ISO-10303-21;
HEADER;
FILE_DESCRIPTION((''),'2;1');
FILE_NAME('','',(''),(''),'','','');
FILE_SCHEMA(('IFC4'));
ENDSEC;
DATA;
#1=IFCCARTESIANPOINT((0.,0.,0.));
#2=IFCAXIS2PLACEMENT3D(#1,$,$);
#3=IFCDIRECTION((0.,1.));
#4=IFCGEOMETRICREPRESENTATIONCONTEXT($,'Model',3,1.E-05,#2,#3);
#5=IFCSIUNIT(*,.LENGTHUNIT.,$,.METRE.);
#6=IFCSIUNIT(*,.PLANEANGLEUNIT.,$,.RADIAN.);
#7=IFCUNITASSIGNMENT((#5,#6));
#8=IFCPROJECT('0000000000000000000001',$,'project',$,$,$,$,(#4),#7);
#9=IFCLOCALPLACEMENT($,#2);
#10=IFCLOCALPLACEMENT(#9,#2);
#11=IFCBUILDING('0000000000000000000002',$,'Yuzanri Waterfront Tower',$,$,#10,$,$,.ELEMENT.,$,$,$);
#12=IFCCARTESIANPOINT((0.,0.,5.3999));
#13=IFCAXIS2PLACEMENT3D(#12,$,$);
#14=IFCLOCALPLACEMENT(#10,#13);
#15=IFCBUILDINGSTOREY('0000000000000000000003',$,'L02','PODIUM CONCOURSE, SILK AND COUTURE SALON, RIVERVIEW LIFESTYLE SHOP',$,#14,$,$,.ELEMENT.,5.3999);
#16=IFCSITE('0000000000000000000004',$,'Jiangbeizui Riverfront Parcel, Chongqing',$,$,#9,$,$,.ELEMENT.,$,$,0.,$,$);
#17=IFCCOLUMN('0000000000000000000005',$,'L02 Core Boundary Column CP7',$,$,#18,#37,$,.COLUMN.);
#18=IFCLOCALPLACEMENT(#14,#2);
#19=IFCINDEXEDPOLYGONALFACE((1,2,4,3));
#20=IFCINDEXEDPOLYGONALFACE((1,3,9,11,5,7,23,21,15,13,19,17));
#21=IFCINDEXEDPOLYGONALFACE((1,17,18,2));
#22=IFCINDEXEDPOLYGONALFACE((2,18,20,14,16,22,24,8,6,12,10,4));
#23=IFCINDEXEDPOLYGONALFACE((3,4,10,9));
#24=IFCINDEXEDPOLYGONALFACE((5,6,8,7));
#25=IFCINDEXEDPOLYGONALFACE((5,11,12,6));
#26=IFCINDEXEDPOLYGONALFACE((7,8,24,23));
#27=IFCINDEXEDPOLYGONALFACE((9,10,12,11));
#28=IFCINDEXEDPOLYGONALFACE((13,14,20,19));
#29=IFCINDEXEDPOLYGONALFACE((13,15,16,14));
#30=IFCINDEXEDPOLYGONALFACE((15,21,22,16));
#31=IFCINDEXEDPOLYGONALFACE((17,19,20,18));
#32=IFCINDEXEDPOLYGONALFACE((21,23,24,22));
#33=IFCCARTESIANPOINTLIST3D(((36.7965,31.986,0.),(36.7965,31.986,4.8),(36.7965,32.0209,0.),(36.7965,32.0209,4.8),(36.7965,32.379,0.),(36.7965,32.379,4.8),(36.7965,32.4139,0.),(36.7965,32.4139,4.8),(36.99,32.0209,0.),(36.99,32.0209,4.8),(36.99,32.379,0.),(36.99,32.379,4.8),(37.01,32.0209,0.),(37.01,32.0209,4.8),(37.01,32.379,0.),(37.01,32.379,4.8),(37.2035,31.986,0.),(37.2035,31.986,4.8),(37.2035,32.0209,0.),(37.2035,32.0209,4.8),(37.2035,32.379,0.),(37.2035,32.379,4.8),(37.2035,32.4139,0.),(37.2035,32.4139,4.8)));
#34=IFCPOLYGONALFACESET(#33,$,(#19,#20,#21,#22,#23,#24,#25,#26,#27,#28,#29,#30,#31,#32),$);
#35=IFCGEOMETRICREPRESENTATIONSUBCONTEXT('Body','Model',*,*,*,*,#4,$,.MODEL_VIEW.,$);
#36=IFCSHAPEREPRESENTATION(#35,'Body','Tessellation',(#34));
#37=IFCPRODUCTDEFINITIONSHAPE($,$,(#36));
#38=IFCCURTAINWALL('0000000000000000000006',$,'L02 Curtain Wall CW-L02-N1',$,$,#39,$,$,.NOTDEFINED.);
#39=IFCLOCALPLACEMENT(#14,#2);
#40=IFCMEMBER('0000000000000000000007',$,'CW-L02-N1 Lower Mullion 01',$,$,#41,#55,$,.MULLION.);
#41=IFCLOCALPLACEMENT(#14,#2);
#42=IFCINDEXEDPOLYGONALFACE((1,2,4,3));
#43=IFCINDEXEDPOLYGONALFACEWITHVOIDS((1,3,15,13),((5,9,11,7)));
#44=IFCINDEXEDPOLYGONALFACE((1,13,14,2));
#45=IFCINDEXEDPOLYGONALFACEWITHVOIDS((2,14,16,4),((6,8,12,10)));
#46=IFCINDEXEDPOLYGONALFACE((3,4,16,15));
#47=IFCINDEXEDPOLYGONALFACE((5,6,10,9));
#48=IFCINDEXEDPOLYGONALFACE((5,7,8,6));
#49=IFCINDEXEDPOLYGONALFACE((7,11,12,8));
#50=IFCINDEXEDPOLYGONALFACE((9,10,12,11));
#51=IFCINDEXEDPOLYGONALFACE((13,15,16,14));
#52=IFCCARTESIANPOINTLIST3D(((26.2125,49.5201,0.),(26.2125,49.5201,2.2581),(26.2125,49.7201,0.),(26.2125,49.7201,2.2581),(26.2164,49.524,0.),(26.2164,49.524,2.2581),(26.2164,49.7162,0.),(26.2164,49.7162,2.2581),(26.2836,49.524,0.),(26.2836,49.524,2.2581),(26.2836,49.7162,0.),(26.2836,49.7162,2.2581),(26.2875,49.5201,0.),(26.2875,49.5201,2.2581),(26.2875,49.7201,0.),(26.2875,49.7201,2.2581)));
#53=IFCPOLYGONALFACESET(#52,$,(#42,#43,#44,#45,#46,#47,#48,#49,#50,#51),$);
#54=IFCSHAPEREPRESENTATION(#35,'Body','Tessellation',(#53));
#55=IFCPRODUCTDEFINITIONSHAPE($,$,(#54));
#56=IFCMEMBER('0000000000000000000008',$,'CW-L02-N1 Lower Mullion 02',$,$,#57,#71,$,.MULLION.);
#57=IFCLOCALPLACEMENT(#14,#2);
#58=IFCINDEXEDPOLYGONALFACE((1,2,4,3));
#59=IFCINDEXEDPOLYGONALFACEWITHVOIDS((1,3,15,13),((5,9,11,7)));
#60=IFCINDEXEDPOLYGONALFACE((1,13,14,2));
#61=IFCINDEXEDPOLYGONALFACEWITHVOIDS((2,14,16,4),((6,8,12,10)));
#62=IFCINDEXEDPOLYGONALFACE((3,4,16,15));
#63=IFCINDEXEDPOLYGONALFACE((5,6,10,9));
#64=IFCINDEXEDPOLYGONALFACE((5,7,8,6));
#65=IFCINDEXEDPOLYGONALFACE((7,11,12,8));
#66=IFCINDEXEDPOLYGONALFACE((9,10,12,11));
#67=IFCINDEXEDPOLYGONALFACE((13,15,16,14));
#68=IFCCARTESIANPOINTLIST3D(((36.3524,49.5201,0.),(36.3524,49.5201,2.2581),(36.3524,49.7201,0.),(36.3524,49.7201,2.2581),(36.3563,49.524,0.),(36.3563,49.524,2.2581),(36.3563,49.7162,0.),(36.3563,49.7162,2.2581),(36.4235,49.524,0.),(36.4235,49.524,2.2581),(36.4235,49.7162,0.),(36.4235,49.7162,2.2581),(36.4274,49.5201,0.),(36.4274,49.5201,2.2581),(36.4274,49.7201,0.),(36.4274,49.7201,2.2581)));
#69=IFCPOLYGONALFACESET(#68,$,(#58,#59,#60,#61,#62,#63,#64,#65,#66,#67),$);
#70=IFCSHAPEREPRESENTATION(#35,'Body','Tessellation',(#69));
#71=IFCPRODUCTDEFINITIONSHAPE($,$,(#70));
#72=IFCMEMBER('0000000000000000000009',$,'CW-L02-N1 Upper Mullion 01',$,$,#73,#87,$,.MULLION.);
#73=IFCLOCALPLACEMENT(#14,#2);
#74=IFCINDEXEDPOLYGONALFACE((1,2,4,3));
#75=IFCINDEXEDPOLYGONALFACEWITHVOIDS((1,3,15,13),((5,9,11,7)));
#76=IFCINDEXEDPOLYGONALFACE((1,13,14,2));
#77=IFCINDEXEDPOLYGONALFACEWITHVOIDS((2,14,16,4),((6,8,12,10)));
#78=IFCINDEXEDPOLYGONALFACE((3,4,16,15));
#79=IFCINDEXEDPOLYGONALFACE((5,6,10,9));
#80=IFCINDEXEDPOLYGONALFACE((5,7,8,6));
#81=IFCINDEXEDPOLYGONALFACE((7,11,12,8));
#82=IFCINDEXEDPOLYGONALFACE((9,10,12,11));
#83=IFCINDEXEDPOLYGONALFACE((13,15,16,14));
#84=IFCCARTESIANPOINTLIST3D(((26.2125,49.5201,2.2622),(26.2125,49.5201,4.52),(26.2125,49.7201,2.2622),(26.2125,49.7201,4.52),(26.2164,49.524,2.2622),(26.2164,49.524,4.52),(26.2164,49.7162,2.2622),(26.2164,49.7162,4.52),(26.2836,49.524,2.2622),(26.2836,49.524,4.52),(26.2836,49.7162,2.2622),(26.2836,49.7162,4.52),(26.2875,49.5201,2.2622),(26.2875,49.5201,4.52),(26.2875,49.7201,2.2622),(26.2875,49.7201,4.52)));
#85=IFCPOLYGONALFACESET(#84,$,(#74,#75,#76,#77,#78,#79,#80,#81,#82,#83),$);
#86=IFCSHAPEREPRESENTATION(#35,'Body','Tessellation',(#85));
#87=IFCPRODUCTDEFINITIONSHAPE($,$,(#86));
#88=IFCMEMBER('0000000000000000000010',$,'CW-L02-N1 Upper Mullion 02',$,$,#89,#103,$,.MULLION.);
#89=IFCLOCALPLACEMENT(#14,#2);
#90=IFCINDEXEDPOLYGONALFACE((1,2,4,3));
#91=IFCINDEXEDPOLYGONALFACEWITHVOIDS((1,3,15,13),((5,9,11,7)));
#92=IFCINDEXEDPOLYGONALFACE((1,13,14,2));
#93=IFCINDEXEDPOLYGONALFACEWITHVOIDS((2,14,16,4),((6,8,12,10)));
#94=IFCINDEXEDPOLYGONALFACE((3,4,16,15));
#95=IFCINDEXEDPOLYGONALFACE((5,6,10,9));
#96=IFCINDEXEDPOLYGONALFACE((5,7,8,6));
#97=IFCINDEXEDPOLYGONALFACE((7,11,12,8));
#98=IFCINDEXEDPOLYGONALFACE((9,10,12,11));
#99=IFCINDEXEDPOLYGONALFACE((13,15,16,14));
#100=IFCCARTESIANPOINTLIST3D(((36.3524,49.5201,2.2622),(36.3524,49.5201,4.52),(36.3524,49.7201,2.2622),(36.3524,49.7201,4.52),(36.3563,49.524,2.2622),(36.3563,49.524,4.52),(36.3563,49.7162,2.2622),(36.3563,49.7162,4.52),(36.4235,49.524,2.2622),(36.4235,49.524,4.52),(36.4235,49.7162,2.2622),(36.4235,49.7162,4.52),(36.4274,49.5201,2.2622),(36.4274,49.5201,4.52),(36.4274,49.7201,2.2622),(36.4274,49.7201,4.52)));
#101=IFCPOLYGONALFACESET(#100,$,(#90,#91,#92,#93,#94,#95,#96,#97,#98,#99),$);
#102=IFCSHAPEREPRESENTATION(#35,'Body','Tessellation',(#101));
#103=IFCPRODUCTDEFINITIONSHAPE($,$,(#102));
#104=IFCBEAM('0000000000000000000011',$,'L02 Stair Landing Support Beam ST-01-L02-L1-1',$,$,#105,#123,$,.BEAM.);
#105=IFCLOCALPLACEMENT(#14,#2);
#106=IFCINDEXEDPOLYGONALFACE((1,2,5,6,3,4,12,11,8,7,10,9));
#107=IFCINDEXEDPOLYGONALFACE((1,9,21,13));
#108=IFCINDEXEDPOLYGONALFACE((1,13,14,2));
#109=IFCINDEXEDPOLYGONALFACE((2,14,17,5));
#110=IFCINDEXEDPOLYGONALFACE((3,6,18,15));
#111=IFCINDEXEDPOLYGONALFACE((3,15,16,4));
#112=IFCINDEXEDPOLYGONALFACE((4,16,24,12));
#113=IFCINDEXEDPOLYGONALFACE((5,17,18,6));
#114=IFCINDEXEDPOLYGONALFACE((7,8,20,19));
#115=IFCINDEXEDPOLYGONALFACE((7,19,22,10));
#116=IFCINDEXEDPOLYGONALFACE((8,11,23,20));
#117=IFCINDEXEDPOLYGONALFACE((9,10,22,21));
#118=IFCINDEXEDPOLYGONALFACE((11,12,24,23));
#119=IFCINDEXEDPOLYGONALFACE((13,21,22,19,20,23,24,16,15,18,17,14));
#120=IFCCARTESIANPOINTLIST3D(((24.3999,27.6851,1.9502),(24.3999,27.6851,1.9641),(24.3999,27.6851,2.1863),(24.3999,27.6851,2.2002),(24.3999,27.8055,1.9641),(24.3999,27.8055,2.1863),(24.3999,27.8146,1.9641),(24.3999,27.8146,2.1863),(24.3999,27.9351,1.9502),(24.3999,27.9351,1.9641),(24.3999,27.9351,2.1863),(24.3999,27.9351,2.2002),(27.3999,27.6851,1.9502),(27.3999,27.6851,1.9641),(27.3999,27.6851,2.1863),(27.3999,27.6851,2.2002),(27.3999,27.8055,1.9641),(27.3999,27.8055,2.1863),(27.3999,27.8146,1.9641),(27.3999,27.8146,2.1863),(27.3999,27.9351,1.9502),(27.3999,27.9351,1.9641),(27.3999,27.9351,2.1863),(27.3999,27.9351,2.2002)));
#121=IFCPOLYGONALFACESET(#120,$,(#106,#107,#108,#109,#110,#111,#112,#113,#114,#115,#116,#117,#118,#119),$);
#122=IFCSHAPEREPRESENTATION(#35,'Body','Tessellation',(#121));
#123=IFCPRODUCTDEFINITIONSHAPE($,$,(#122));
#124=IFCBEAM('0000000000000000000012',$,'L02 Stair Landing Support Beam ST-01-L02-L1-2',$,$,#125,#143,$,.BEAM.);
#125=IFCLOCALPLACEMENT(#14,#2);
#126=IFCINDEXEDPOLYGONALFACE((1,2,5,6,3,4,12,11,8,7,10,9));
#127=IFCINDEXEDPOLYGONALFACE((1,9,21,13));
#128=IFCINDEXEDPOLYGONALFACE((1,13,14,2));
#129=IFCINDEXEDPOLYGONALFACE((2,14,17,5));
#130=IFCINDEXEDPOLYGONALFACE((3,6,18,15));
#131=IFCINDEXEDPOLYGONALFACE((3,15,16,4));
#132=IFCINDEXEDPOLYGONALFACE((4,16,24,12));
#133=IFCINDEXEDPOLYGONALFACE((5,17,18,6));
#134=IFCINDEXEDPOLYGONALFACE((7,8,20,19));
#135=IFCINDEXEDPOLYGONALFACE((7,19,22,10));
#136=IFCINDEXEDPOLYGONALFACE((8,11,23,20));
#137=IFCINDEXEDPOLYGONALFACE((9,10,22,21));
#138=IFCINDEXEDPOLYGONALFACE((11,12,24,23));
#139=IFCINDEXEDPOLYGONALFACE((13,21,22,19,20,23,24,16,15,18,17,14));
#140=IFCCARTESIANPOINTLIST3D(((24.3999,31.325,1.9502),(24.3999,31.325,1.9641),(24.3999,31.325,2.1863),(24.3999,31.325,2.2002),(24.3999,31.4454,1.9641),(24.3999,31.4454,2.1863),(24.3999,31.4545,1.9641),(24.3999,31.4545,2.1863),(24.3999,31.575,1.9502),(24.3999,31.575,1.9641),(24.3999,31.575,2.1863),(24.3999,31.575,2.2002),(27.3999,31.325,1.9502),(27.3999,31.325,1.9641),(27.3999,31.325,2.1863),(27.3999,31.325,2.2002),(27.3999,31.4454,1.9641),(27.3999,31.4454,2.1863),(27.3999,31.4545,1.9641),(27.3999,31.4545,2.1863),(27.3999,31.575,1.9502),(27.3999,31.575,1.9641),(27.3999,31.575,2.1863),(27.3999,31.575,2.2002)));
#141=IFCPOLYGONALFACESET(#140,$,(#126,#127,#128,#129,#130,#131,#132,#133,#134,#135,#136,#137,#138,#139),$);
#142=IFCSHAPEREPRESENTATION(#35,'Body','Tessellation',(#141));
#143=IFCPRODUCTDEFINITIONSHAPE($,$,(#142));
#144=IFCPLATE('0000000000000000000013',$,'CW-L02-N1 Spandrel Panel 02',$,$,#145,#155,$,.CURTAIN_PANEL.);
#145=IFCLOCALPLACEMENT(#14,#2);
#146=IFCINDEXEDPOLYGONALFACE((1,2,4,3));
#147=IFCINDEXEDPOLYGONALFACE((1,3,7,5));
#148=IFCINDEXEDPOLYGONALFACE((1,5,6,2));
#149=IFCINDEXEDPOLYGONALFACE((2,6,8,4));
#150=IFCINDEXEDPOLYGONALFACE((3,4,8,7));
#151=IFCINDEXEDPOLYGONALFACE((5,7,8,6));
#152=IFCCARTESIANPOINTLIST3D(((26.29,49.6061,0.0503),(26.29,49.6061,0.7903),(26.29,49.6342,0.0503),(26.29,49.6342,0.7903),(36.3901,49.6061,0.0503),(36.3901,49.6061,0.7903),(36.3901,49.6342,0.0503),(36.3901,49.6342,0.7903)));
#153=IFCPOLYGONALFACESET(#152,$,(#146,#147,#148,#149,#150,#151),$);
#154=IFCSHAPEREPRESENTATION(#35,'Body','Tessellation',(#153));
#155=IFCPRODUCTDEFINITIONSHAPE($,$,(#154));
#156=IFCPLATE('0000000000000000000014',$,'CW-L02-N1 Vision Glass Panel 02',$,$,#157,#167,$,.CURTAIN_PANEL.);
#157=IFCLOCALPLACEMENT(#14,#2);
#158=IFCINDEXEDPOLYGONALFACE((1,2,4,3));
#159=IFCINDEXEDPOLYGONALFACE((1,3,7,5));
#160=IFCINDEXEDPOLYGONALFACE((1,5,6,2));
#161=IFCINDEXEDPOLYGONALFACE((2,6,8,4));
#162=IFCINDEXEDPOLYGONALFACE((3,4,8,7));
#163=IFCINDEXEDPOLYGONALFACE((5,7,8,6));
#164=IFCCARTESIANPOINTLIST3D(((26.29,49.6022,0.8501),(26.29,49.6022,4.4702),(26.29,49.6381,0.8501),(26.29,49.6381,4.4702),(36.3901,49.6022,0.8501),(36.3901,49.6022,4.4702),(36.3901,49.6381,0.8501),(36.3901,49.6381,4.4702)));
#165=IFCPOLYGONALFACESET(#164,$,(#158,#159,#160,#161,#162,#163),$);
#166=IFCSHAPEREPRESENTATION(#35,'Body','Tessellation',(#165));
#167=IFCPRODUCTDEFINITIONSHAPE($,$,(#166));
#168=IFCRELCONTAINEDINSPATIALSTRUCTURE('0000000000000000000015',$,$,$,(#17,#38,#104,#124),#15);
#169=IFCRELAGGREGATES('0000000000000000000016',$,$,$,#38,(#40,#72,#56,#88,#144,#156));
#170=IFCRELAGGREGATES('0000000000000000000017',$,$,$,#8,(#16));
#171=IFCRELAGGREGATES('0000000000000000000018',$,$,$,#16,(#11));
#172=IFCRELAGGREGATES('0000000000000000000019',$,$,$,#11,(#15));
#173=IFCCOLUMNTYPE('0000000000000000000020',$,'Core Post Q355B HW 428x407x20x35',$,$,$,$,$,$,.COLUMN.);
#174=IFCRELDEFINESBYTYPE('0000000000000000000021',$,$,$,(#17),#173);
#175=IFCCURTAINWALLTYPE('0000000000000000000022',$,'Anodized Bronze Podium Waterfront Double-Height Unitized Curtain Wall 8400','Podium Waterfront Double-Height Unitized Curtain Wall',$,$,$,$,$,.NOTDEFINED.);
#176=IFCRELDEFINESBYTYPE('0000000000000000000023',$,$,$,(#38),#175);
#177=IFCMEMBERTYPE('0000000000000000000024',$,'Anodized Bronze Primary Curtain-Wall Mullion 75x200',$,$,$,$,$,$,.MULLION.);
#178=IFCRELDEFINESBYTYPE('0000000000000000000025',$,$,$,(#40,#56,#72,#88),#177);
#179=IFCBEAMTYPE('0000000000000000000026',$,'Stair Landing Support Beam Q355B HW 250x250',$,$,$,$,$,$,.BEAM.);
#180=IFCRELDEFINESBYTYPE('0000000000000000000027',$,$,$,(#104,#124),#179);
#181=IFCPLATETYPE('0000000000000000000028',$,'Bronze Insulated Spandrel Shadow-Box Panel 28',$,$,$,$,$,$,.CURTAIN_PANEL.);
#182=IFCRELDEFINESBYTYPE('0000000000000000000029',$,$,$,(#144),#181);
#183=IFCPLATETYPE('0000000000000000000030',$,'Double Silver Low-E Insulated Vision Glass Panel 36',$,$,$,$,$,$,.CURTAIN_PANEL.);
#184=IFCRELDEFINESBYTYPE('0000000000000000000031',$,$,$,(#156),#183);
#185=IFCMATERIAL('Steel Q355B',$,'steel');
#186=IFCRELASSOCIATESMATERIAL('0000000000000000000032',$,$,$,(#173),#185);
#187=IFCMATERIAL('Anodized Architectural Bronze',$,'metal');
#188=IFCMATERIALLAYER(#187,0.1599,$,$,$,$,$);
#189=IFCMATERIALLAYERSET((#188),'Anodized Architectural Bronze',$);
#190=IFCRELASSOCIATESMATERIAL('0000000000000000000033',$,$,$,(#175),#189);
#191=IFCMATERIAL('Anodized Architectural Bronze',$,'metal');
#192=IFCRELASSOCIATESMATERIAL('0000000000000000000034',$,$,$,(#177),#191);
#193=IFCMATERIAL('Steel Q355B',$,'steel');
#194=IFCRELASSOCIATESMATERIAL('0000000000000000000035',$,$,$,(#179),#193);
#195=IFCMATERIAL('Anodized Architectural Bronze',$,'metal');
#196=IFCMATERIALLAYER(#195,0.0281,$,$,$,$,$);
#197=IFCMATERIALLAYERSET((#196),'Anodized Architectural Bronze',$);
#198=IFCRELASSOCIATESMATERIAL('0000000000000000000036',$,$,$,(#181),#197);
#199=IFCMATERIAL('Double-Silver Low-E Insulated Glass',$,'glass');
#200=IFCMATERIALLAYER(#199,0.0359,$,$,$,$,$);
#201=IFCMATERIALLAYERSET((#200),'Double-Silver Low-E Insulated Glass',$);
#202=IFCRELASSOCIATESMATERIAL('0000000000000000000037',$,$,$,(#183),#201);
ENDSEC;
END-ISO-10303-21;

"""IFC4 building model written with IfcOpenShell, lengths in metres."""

from ifc_helpers import new_model, si_unit, direction, frame, origin, origin_2d, place, context, subcontext, project, spatial, rectangle, hollow_rectangle, i_section, extrude, source, transform, mapped, material, layer, layer_set, material_profile, profile_set, type_object, element, aggregate, save


model = new_model("IFC4")

# Units and contexts
model_context = context("Model", 3, precision=1e-05, world=origin(), true_north=direction((0.0, 1.0)))
body_context = subcontext(model_context, "Body", "Model", "MODEL_VIEW")
ifc_project = project(units=[si_unit("LENGTHUNIT", "METRE"), si_unit("PLANEANGLEUNIT", "RADIAN")], contexts=[model_context])

# Site, building, storey
site_placement = place(None, origin())
site = spatial("IfcSite", under=ifc_project, at=site_placement, Name="Jiangbeizui Riverfront Parcel, Chongqing", CompositionType="ELEMENT", RefElevation=0.0)
building_placement = place(site_placement, origin())
building = spatial("IfcBuilding", under=site, at=building_placement, Name="Yuzanri Waterfront Tower", CompositionType="ELEMENT")
storey_placement = place(building_placement, frame((0.0, 0.0, 5.3999)))
storey = spatial("IfcBuildingStorey", under=building, at=storey_placement, Name="L02", Description="PODIUM CONCOURSE, SILK AND COUTURE SALON, RIVERVIEW LIFESTYLE SHOP", CompositionType="ELEMENT", Elevation=5.3999)

# Column
ifc_material_1 = material(Name="Steel Q355B", Category="steel")
ifc_material_profile_1 = material_profile(ifc_material_1, i_section(OverallWidth=0.407, OverallDepth=0.428, WebThickness=0.02, FlangeThickness=0.0349, at=origin_2d()), Name="HW 428x407x20x35")
ifc_profile_set_1 = profile_set([ifc_material_profile_1], Name="Steel Q355B")
column_type = type_object("IfcColumnType", Name="Core Post Q355B HW 428x407x20x35", PredefinedType="COLUMN", material=ifc_profile_set_1)
shared_shape_1 = source(origin(), body_context, "Body", "SweptSolid", [
    extrude(i_section(OverallWidth=0.407, OverallDepth=0.428, WebThickness=0.02, FlangeThickness=0.0349, at=origin_2d()), origin(), (0.0, 0.0, 1.0), 4.8),
])
column_placement = place(storey_placement, frame((37.0, 32.2, 0.0), z_axis=(0.0, 0.0, 1.0), x_axis=(1.0, 0.0, 0.0)))
element("IfcColumn", 1, at=column_placement, inside=storey, type_object=column_type, Name="L02 Core Boundary Column CP7", PredefinedType="COLUMN", context=body_context, shape_type="MappedRepresentation", body=[
    mapped(shared_shape_1, transform((0.0, 0.0, 0.0), scale=1.0)),
])

# Curtain wall, members
ifc_material_2 = material(Name="Anodized Architectural Bronze", Category="metal")
ifc_layer_1 = layer(ifc_material_2, 0.1599)
ifc_layer_set_1 = layer_set([ifc_layer_1], Name="Anodized Architectural Bronze")
curtain_wall_type = type_object("IfcCurtainWallType", Name="Anodized Bronze Podium Waterfront Double-Height Unitized Curtain Wall 8400", Description="Podium Waterfront Double-Height Unitized Curtain Wall", PredefinedType="NOTDEFINED", material=ifc_layer_set_1)
curtain_wall_placement = place(storey_placement, origin())
curtain_wall = element("IfcCurtainWall", 2, at=curtain_wall_placement, inside=storey, type_object=curtain_wall_type, Name="L02 Curtain Wall CW-L02-N1", PredefinedType="NOTDEFINED")
ifc_material_3 = material(Name="Anodized Architectural Bronze", Category="metal")
ifc_material_profile_2 = material_profile(ifc_material_3, hollow_rectangle(XDim=0.075, YDim=0.2, WallThickness=0.0039, at=origin_2d()), Name="CWM 75x200")
ifc_profile_set_2 = profile_set([ifc_material_profile_2], Name="Anodized Architectural Bronze")
member_type = type_object("IfcMemberType", Name="Anodized Bronze Primary Curtain-Wall Mullion 75x200", PredefinedType="MULLION", material=ifc_profile_set_2)
shared_shape_2 = source(origin(), body_context, "Body", "SweptSolid", [
    extrude(hollow_rectangle(XDim=0.075, YDim=0.2, WallThickness=0.0039, at=origin_2d()), origin(), (0.0, 0.0, 1.0), 2.2581),
])
member_1_placement = place(storey_placement, frame((26.25, 49.6201, 0.0), z_axis=(0.0, 0.0, 1.0), x_axis=(1.0, 0.0, 0.0)))
member_1 = element("IfcMember", 3, at=member_1_placement, type_object=member_type, Name="CW-L02-N1 Lower Mullion 01", PredefinedType="MULLION", context=body_context, shape_type="MappedRepresentation", body=[
    mapped(shared_shape_2, transform((0.0, 0.0, 0.0), scale=1.0)),
])
member_2_placement = place(storey_placement, frame((36.3899, 49.6201, 0.0), z_axis=(0.0, 0.0, 1.0), x_axis=(1.0, 0.0, 0.0)))
member_2 = element("IfcMember", 4, at=member_2_placement, type_object=member_type, Name="CW-L02-N1 Lower Mullion 02", PredefinedType="MULLION", context=body_context, shape_type="MappedRepresentation", body=[
    mapped(shared_shape_2, transform((0.0, 0.0, 0.0), scale=1.0)),
])
shared_shape_3 = source(origin(), body_context, "Body", "SweptSolid", [
    extrude(hollow_rectangle(XDim=0.075, YDim=0.2, WallThickness=0.0039, at=origin_2d()), origin(), (0.0, 0.0, 1.0), 2.2578),
])
member_3_placement = place(storey_placement, frame((26.25, 49.6201, 2.2622), z_axis=(0.0, 0.0, 1.0), x_axis=(1.0, 0.0, 0.0)))
member_3 = element("IfcMember", 5, at=member_3_placement, type_object=member_type, Name="CW-L02-N1 Upper Mullion 01", PredefinedType="MULLION", context=body_context, shape_type="MappedRepresentation", body=[
    mapped(shared_shape_3, transform((0.0, 0.0, 0.0), scale=1.0)),
])
member_4_placement = place(storey_placement, frame((36.3899, 49.6201, 2.2622), z_axis=(0.0, 0.0, 1.0), x_axis=(1.0, 0.0, 0.0)))
member_4 = element("IfcMember", 6, at=member_4_placement, type_object=member_type, Name="CW-L02-N1 Upper Mullion 02", PredefinedType="MULLION", context=body_context, shape_type="MappedRepresentation", body=[
    mapped(shared_shape_3, transform((0.0, 0.0, 0.0), scale=1.0)),
])

# Beams
ifc_material_4 = material(Name="Steel Q355B", Category="steel")
ifc_material_profile_3 = material_profile(ifc_material_4, i_section(OverallWidth=0.25, OverallDepth=0.25, WebThickness=0.009, FlangeThickness=0.0139, at=origin_2d()), Name="HW 250x250x9x14")
ifc_profile_set_3 = profile_set([ifc_material_profile_3], Name="Steel Q355B")
beam_type = type_object("IfcBeamType", Name="Stair Landing Support Beam Q355B HW 250x250", PredefinedType="BEAM", material=ifc_profile_set_3)
shared_shape_4 = source(origin(), body_context, "Body", "SweptSolid", [
    extrude(i_section(OverallWidth=0.25, OverallDepth=0.25, WebThickness=0.009, FlangeThickness=0.0139, at=origin_2d()), origin(), (0.0, 0.0, 1.0), 3.0),
])
for number, where, z_axis, x_axis, name in (
    (7, (24.3999, 27.8101, 2.0752), (1.0, 0.0, 0.0), (0.0, 1.0, 0.0), "L02 Stair Landing Support Beam ST-01-L02-L1-1"),
    (8, (24.3999, 31.45, 2.0752), (1.0, 0.0, 0.0), (0.0, 1.0, 0.0), "L02 Stair Landing Support Beam ST-01-L02-L1-2"),
):
    element("IfcBeam", number, at=place(storey_placement, frame(where, z_axis=z_axis, x_axis=x_axis)), inside=storey, type_object=beam_type, Name=name, PredefinedType="BEAM", context=body_context, shape_type="MappedRepresentation", body=[
        mapped(shared_shape_4, transform((0.0, 0.0, 0.0), scale=1.0)),
    ])

# Plates
ifc_material_5 = material(Name="Anodized Architectural Bronze", Category="metal")
ifc_layer_2 = layer(ifc_material_5, 0.0281)
ifc_layer_set_2 = layer_set([ifc_layer_2], Name="Anodized Architectural Bronze")
plate_type_1 = type_object("IfcPlateType", Name="Bronze Insulated Spandrel Shadow-Box Panel 28", PredefinedType="CURTAIN_PANEL", material=ifc_layer_set_2)
shared_shape_5 = source(origin(), body_context, "Body", "SweptSolid", [
    extrude(rectangle(XDim=10.1001, YDim=0.0281, at=origin_2d()), origin(), (0.0, 0.0, 1.0), 0.74),
])
plate_1_placement = place(storey_placement, frame((31.3401, 49.6201, 0.0503), z_axis=(0.0, 0.0, 1.0), x_axis=(1.0, 0.0, 0.0)))
plate_1 = element("IfcPlate", 9, at=plate_1_placement, type_object=plate_type_1, Name="CW-L02-N1 Spandrel Panel 02", PredefinedType="CURTAIN_PANEL", context=body_context, shape_type="MappedRepresentation", body=[
    mapped(shared_shape_5, transform((0.0, 0.0, 0.0), scale=1.0)),
])
ifc_material_6 = material(Name="Double-Silver Low-E Insulated Glass", Category="glass")
ifc_layer_3 = layer(ifc_material_6, 0.0359)
ifc_layer_set_3 = layer_set([ifc_layer_3], Name="Double-Silver Low-E Insulated Glass")
plate_type_2 = type_object("IfcPlateType", Name="Double Silver Low-E Insulated Vision Glass Panel 36", PredefinedType="CURTAIN_PANEL", material=ifc_layer_set_3)
shared_shape_6 = source(origin(), body_context, "Body", "SweptSolid", [
    extrude(rectangle(XDim=10.1001, YDim=0.0359, at=origin_2d()), origin(), (0.0, 0.0, 1.0), 3.6201),
])
plate_2_placement = place(storey_placement, frame((31.3401, 49.6201, 0.8501), z_axis=(0.0, 0.0, 1.0), x_axis=(1.0, 0.0, 0.0)))
plate_2 = element("IfcPlate", 10, at=plate_2_placement, type_object=plate_type_2, Name="CW-L02-N1 Vision Glass Panel 02", PredefinedType="CURTAIN_PANEL", context=body_context, shape_type="MappedRepresentation", body=[
    mapped(shared_shape_6, transform((0.0, 0.0, 0.0), scale=1.0)),
])
aggregate(curtain_wall, [member_1, member_3, member_2, member_4, plate_1, plate_2])

save(model, "model.ifc")
